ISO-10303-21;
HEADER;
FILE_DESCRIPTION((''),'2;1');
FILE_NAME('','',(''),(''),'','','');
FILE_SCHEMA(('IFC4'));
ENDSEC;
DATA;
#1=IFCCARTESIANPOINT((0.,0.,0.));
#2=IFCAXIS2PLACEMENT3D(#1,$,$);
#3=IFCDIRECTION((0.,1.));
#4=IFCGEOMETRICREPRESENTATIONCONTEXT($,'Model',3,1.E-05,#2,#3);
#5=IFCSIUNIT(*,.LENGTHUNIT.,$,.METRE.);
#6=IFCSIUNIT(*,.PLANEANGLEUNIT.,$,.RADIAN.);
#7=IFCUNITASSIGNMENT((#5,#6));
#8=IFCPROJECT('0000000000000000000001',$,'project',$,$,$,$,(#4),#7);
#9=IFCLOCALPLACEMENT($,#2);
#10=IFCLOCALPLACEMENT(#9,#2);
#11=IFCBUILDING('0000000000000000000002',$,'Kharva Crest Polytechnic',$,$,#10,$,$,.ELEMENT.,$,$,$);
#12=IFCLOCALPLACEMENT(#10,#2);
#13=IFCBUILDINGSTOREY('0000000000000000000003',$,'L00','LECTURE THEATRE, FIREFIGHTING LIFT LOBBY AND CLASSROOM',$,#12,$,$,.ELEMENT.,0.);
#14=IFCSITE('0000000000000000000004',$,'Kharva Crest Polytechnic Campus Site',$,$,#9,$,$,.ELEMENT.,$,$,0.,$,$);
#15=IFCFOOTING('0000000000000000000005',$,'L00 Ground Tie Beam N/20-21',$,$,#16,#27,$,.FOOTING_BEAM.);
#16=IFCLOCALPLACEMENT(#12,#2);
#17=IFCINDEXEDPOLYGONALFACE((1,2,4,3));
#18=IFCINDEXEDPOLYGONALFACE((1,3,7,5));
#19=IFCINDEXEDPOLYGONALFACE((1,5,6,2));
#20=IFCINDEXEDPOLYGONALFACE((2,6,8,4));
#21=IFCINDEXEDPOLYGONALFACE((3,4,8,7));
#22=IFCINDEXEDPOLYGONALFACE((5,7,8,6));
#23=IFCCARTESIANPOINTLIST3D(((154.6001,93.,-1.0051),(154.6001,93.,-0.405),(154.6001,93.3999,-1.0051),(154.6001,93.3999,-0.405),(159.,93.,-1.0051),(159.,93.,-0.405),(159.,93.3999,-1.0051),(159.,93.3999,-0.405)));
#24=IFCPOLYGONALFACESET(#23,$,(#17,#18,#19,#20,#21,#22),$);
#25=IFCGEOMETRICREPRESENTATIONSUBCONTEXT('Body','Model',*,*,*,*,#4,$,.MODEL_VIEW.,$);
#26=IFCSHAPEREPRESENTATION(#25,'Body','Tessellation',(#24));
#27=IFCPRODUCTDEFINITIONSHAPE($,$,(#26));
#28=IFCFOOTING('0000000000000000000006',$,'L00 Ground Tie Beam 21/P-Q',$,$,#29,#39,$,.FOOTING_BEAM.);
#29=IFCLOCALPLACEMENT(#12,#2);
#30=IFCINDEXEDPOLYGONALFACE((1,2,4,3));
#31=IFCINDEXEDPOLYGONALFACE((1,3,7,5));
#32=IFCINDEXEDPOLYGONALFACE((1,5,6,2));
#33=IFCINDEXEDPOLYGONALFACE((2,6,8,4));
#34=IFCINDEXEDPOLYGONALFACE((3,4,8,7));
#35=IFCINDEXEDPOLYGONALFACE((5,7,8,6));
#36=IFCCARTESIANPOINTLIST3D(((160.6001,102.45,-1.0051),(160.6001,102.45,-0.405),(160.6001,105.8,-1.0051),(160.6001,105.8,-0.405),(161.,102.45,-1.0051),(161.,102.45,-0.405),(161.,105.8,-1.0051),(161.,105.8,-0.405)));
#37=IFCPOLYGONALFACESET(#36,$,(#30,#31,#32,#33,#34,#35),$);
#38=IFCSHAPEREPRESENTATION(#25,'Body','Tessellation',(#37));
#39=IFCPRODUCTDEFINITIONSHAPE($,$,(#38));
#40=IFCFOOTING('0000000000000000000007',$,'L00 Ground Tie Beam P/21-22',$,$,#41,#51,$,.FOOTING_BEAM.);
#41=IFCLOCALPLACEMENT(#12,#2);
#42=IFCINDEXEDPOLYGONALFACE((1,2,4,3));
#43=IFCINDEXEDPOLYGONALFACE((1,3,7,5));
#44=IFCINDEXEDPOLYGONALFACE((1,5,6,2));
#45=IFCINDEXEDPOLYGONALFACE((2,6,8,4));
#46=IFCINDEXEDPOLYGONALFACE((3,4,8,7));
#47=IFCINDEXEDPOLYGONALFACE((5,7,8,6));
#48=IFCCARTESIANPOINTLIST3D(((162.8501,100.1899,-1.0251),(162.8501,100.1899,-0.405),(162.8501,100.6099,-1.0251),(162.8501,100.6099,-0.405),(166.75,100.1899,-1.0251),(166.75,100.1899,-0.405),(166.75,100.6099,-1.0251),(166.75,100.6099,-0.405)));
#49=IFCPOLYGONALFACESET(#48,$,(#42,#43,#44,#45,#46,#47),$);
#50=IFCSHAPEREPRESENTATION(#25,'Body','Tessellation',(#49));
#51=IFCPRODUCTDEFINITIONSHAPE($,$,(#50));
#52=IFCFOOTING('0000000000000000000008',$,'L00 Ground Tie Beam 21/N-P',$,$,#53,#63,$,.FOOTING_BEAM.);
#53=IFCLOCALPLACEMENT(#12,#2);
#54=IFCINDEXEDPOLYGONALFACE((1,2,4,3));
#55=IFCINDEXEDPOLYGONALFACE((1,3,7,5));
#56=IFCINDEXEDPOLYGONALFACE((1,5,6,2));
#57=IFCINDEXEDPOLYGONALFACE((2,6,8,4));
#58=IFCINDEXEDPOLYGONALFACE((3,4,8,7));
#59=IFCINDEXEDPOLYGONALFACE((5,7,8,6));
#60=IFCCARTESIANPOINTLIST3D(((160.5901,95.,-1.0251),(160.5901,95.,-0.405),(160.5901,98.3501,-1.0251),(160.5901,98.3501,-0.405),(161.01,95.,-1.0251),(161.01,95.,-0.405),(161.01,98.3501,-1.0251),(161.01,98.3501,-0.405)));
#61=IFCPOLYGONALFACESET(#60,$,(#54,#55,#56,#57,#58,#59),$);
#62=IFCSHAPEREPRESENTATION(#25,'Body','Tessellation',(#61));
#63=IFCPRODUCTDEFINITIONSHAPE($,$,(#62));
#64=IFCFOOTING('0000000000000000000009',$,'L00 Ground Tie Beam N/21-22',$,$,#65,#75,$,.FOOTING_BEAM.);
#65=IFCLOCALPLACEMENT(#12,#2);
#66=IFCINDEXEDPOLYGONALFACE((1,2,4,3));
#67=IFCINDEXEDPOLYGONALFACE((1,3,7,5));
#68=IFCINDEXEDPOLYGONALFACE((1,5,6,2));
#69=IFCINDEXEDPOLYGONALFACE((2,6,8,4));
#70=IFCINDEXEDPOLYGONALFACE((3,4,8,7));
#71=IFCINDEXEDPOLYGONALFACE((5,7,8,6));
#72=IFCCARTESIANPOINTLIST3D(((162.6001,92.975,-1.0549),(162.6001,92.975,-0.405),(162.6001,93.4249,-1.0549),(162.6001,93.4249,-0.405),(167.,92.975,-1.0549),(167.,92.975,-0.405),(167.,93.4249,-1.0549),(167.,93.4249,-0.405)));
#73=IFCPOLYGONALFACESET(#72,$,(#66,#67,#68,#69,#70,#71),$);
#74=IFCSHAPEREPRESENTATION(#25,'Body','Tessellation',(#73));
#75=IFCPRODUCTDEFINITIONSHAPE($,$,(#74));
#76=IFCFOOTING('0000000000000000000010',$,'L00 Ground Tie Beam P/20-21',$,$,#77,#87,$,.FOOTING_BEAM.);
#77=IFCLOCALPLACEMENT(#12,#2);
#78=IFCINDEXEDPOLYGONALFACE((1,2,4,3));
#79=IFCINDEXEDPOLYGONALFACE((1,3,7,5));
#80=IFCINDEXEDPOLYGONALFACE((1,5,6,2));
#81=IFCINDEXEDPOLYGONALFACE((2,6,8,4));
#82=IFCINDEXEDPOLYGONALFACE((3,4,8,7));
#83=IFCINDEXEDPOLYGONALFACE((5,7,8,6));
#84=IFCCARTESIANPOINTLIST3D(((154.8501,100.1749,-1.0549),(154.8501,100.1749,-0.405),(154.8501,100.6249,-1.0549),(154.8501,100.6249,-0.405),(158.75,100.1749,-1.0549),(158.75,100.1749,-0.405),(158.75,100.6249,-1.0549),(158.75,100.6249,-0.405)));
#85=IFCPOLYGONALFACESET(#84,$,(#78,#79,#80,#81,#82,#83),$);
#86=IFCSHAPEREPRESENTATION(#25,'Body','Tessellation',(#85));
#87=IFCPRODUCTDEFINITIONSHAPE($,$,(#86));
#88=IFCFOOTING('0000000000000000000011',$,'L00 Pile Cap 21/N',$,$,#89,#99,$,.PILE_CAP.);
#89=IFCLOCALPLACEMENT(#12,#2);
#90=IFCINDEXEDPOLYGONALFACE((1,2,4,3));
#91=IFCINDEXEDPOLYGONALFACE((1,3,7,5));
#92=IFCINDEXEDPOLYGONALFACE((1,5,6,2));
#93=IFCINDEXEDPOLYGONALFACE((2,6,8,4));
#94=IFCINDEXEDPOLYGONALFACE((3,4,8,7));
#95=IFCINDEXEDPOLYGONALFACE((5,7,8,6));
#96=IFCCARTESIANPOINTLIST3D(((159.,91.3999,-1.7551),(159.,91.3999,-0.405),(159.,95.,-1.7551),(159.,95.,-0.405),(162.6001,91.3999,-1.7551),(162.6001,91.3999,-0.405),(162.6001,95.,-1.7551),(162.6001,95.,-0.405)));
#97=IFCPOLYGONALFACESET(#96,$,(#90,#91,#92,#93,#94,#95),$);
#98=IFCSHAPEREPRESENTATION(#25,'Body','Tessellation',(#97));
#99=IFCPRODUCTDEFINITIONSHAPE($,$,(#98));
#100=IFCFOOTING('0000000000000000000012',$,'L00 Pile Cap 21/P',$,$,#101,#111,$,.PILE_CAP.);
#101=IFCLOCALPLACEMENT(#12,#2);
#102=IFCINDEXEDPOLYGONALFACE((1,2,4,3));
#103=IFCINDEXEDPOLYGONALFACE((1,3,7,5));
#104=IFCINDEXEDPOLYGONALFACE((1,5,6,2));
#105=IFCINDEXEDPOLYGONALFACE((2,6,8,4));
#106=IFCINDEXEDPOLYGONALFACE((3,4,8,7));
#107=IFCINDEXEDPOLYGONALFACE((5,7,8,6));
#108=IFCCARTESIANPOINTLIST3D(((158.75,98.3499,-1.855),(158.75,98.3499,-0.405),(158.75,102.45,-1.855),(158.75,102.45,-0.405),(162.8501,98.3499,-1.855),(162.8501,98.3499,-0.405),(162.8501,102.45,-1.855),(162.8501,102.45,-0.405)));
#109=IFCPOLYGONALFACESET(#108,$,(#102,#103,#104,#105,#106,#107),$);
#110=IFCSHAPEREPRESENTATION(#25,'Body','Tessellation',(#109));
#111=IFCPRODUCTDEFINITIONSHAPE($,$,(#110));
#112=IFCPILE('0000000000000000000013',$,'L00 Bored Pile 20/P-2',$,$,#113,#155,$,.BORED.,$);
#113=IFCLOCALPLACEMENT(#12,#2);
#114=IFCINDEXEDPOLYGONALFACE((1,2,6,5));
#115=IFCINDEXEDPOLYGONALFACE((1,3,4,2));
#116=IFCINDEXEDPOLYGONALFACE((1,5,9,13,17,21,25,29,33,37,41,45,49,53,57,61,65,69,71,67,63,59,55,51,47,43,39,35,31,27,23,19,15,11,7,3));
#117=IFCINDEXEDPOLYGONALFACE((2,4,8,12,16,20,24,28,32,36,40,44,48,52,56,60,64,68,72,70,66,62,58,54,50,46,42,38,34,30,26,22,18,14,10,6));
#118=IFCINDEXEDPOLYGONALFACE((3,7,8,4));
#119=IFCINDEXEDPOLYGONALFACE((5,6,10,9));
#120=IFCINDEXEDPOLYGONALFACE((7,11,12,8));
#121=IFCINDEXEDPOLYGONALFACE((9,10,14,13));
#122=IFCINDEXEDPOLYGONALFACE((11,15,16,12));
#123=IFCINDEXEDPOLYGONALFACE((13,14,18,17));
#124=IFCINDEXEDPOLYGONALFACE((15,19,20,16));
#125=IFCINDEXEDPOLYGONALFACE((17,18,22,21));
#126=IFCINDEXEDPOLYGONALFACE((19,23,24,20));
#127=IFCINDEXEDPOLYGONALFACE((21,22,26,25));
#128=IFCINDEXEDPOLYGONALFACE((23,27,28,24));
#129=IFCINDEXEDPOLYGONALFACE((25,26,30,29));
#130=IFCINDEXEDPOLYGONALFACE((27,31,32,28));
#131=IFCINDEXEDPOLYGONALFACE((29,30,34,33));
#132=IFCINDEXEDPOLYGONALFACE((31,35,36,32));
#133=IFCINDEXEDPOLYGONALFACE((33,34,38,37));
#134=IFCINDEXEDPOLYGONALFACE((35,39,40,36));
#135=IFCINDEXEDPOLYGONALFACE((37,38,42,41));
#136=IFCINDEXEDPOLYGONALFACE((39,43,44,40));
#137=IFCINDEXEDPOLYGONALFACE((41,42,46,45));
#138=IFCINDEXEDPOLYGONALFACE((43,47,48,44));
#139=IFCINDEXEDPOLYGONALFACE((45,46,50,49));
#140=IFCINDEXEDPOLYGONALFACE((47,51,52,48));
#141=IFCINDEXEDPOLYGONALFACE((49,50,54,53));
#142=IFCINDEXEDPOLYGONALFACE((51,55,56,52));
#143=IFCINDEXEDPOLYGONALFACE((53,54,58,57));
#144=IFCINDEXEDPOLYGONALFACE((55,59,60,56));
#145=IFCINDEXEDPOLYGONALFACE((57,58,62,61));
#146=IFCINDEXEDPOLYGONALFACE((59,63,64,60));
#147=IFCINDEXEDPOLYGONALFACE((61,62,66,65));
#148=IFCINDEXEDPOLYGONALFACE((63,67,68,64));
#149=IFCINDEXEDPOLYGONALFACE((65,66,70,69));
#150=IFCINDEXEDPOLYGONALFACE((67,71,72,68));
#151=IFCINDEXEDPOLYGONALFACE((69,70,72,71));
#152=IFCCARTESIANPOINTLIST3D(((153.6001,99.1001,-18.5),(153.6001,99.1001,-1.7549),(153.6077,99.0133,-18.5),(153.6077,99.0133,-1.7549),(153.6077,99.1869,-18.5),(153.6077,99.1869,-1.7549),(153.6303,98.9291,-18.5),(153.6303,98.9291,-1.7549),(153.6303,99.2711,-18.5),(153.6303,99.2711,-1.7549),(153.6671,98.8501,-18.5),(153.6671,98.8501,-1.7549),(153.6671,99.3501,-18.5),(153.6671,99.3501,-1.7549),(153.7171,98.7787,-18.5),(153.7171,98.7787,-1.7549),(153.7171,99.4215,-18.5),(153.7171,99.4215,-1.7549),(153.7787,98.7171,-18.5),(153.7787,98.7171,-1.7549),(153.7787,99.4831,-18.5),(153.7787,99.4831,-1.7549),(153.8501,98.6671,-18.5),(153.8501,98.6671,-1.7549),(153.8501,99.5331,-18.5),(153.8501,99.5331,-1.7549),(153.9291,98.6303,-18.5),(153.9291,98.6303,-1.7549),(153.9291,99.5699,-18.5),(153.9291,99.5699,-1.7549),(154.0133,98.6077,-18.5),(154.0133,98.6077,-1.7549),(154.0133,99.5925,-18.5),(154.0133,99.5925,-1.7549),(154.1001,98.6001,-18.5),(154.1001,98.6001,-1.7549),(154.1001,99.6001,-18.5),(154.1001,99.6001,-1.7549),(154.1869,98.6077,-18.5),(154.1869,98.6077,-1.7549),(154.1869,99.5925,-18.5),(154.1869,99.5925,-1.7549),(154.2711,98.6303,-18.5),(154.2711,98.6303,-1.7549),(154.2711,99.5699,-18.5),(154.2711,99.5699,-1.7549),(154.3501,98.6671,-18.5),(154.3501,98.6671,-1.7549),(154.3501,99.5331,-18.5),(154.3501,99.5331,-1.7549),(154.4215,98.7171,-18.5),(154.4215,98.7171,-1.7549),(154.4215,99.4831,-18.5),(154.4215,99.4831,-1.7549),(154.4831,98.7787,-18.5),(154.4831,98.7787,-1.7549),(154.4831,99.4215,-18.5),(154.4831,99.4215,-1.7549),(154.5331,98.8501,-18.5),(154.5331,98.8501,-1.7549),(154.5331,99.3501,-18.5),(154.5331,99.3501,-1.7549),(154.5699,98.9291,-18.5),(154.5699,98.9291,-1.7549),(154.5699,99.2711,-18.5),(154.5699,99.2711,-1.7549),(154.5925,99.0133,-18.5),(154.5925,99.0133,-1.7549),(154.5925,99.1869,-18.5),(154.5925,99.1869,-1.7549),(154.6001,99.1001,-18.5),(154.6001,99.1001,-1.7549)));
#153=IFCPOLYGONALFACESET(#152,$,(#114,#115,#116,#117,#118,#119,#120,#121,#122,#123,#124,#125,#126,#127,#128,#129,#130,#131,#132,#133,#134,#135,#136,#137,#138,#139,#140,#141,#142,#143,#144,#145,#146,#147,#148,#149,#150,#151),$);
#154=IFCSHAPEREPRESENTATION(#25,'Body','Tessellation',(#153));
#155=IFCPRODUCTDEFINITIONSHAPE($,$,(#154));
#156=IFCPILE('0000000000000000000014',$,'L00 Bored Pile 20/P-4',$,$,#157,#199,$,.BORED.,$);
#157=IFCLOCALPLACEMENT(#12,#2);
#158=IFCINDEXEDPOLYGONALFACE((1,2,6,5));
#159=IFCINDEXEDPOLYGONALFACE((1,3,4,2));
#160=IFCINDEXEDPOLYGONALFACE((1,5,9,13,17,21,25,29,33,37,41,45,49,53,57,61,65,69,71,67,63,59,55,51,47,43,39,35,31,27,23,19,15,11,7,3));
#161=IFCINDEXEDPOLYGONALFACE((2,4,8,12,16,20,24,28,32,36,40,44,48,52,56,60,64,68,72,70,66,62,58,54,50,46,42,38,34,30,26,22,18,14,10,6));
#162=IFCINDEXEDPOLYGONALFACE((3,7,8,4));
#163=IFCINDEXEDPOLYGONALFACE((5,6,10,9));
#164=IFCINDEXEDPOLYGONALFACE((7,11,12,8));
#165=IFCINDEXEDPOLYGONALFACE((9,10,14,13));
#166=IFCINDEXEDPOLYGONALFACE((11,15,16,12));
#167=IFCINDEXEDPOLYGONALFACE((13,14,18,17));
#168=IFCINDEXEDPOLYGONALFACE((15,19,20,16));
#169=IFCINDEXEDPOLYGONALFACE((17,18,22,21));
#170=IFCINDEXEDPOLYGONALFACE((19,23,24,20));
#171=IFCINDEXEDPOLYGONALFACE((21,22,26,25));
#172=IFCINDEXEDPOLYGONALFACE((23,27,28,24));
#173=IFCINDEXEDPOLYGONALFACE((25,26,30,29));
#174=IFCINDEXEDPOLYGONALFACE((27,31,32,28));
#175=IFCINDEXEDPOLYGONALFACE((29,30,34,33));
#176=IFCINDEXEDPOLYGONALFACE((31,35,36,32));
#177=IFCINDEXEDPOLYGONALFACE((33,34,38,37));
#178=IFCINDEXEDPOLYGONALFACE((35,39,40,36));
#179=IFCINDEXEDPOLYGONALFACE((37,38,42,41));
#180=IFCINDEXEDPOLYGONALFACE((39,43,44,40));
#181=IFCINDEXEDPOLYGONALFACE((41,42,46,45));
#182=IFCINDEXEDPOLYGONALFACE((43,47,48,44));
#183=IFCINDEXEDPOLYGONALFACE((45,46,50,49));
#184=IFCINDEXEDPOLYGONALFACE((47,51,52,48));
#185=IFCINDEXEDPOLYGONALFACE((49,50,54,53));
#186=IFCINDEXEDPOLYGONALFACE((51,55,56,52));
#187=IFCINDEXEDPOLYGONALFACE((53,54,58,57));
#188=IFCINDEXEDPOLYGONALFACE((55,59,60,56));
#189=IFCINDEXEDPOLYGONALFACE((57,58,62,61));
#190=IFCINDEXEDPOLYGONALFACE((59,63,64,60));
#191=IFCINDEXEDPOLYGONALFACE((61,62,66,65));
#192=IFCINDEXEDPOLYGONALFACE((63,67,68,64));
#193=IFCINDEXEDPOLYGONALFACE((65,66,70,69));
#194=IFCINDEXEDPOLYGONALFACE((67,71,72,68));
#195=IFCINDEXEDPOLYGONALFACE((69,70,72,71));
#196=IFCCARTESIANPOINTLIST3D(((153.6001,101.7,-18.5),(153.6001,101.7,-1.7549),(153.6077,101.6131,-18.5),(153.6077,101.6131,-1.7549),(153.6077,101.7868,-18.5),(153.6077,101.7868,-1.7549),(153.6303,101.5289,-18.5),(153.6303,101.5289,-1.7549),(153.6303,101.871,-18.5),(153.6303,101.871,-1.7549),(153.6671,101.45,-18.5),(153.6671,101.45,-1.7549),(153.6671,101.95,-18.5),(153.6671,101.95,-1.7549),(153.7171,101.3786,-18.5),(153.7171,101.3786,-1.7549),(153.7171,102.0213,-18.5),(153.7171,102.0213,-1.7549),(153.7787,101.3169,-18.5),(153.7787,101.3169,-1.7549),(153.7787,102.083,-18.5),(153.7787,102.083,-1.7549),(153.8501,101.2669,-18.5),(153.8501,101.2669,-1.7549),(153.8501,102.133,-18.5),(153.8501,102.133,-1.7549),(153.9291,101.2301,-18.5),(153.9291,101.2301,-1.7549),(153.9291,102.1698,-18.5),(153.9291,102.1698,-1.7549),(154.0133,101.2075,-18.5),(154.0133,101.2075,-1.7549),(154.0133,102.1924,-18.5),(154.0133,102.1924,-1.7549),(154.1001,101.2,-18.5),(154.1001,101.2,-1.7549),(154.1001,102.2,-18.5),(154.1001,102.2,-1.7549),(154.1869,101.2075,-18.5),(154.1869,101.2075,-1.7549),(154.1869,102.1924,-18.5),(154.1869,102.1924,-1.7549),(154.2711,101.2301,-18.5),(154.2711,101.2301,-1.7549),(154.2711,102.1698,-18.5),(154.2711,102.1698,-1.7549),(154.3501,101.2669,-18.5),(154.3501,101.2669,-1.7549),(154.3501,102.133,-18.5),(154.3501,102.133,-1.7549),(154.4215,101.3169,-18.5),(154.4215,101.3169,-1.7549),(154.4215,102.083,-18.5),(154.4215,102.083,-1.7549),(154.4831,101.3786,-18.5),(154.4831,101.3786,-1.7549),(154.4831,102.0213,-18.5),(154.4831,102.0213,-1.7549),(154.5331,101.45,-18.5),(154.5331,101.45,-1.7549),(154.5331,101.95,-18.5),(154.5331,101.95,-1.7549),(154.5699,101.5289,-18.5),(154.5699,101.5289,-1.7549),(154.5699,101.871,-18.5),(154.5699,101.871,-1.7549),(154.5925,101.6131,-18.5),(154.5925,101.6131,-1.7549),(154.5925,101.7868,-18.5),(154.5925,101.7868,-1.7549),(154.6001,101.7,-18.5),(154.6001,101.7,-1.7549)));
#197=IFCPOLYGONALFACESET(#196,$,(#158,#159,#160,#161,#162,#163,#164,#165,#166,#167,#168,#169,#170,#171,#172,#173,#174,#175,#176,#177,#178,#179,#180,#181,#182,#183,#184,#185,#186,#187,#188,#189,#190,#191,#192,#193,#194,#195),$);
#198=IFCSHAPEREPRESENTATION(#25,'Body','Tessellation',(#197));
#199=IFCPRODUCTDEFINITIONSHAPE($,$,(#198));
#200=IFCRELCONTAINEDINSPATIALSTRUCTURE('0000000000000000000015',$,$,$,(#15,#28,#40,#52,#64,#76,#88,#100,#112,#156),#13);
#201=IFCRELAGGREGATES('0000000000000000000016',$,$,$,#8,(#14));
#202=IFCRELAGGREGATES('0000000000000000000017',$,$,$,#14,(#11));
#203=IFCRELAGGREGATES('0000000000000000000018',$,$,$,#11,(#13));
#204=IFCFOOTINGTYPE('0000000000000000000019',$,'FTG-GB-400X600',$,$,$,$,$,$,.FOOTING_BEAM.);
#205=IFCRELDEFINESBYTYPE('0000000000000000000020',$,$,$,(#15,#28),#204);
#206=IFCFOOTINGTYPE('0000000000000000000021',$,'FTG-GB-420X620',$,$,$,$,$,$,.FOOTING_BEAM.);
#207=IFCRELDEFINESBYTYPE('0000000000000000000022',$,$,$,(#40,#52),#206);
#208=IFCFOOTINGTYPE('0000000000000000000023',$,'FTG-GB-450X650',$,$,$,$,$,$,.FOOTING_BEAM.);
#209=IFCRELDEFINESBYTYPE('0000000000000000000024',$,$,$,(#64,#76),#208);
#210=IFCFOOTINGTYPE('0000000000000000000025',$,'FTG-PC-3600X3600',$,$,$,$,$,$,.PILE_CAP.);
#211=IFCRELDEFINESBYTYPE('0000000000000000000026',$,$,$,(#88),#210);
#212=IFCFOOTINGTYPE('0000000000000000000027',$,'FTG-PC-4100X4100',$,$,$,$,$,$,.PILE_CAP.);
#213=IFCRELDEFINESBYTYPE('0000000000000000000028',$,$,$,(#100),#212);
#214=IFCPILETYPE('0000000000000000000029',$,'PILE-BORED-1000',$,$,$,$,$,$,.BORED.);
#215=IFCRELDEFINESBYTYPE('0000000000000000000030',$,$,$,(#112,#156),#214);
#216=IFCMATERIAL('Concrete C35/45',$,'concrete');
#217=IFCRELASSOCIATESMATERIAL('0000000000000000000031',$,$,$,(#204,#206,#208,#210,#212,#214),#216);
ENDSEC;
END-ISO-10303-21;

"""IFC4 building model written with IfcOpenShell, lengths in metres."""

from ifc_helpers import new_model, si_unit, direction, frame, origin, origin_2d, place, context, subcontext, project, spatial, rectangle, circle, extrude, material, material_profile, profile_set, type_object, element, save


model = new_model("IFC4")

# Units and contexts
model_context = context("Model", 3, precision=1e-05, world=origin(), true_north=direction((0.0, 1.0)))
body_context = subcontext(model_context, "Body", "Model", "MODEL_VIEW")
ifc_project = project(units=[si_unit("LENGTHUNIT", "METRE"), si_unit("PLANEANGLEUNIT", "RADIAN")], contexts=[model_context])

# Site, building, storey
site_placement = place(None, origin())
site = spatial("IfcSite", under=ifc_project, at=site_placement, Name="Kharva Crest Polytechnic Campus Site", CompositionType="ELEMENT", RefElevation=0.0)
building_placement = place(site_placement, origin())
building = spatial("IfcBuilding", under=site, at=building_placement, Name="Kharva Crest Polytechnic", CompositionType="ELEMENT")
storey_placement = place(building_placement, origin())
storey = spatial("IfcBuildingStorey", under=building, at=storey_placement, Name="L00", Description="LECTURE THEATRE, FIREFIGHTING LIFT LOBBY AND CLASSROOM", CompositionType="ELEMENT", Elevation=0.0)

# Footings
ifc_material_1 = material(Name="Concrete C35/45", Category="concrete")
footing_type_1 = type_object("IfcFootingType", Name="FTG-GB-400X600", PredefinedType="FOOTING_BEAM", material=ifc_material_1)
footing_1_placement = place(storey_placement, frame((156.8, 93.2, -1.0051), z_axis=(0.0, 0.0, 1.0), x_axis=(1.0, 0.0, 0.0)))
element("IfcFooting", 1, at=footing_1_placement, inside=storey, type_object=footing_type_1, Name="L00 Ground Tie Beam N/20-21", PredefinedType="FOOTING_BEAM", context=body_context, shape_type="SweptSolid", body=[
    extrude(rectangle(XDim=4.3999, YDim=0.3999, at=origin_2d()), origin(), (0.0, 0.0, 1.0), 0.6001),
])
footing_2_placement = place(storey_placement, frame((160.8, 104.125, -1.0051), z_axis=(0.0, 0.0, 1.0), x_axis=(0.0, 1.0, 0.0)))
element("IfcFooting", 2, at=footing_2_placement, inside=storey, type_object=footing_type_1, Name="L00 Ground Tie Beam 21/P-Q", PredefinedType="FOOTING_BEAM", context=body_context, shape_type="SweptSolid", body=[
    extrude(rectangle(XDim=3.3501, YDim=0.3999, at=origin_2d()), origin(), (0.0, 0.0, 1.0), 0.6001),
])
footing_type_2 = type_object("IfcFootingType", Name="FTG-GB-420X620", PredefinedType="FOOTING_BEAM", material=ifc_material_1)
footing_3_placement = place(storey_placement, frame((164.8, 100.3999, -1.0251), z_axis=(0.0, 0.0, 1.0), x_axis=(1.0, 0.0, 0.0)))
element("IfcFooting", 3, at=footing_3_placement, inside=storey, type_object=footing_type_2, Name="L00 Ground Tie Beam P/21-22", PredefinedType="FOOTING_BEAM", context=body_context, shape_type="SweptSolid", body=[
    extrude(rectangle(XDim=3.8999, YDim=0.4199, at=origin_2d()), origin(), (0.0, 0.0, 1.0), 0.6201),
])
footing_4_placement = place(storey_placement, frame((160.8, 96.675, -1.0251), z_axis=(0.0, 0.0, 1.0), x_axis=(0.0, 1.0, 0.0)))
element("IfcFooting", 4, at=footing_4_placement, inside=storey, type_object=footing_type_2, Name="L00 Ground Tie Beam 21/N-P", PredefinedType="FOOTING_BEAM", context=body_context, shape_type="SweptSolid", body=[
    extrude(rectangle(XDim=3.3501, YDim=0.4199, at=origin_2d()), origin(), (0.0, 0.0, 1.0), 0.6201),
])
footing_type_3 = type_object("IfcFootingType", Name="FTG-GB-450X650", PredefinedType="FOOTING_BEAM", material=ifc_material_1)
footing_5_placement = place(storey_placement, frame((164.8, 93.2, -1.0549), z_axis=(0.0, 0.0, 1.0), x_axis=(1.0, 0.0, 0.0)))
element("IfcFooting", 5, at=footing_5_placement, inside=storey, type_object=footing_type_3, Name="L00 Ground Tie Beam N/21-22", PredefinedType="FOOTING_BEAM", context=body_context, shape_type="SweptSolid", body=[
    extrude(rectangle(XDim=4.3999, YDim=0.45, at=origin_2d()), origin(), (0.0, 0.0, 1.0), 0.6499),
])
footing_6_placement = place(storey_placement, frame((156.8, 100.3999, -1.0549), z_axis=(0.0, 0.0, 1.0), x_axis=(1.0, 0.0, 0.0)))
element("IfcFooting", 6, at=footing_6_placement, inside=storey, type_object=footing_type_3, Name="L00 Ground Tie Beam P/20-21", PredefinedType="FOOTING_BEAM", context=body_context, shape_type="SweptSolid", body=[
    extrude(rectangle(XDim=3.8999, YDim=0.45, at=origin_2d()), origin(), (0.0, 0.0, 1.0), 0.6499),
])
footing_type_4 = type_object("IfcFootingType", Name="FTG-PC-3600X3600", PredefinedType="PILE_CAP", material=ifc_material_1)
footing_7_placement = place(storey_placement, frame((160.8, 93.2, -1.7551), z_axis=(0.0, 0.0, 1.0), x_axis=(1.0, 0.0, 0.0)))
element("IfcFooting", 7, at=footing_7_placement, inside=storey, type_object=footing_type_4, Name="L00 Pile Cap 21/N", PredefinedType="PILE_CAP", context=body_context, shape_type="SweptSolid", body=[
    extrude(rectangle(XDim=3.6001, YDim=3.6001, at=origin_2d()), origin(), (0.0, 0.0, 1.0), 1.3501),
])
footing_type_5 = type_object("IfcFootingType", Name="FTG-PC-4100X4100", PredefinedType="PILE_CAP", material=ifc_material_1)
footing_8_placement = place(storey_placement, frame((160.8, 100.3999, -1.855), z_axis=(0.0, 0.0, 1.0), x_axis=(1.0, 0.0, 0.0)))
element("IfcFooting", 8, at=footing_8_placement, inside=storey, type_object=footing_type_5, Name="L00 Pile Cap 21/P", PredefinedType="PILE_CAP", context=body_context, shape_type="SweptSolid", body=[
    extrude(rectangle(XDim=4.1001, YDim=4.1001, at=origin_2d()), origin(), (0.0, 0.0, 1.0), 1.45),
])

# Piles
ifc_material_profile_1 = material_profile(ifc_material_1, circle(Radius=0.5, at=origin_2d()), Name="DIA 1000")
ifc_profile_set_1 = profile_set([ifc_material_profile_1], Name="Concrete C35/45")
pile_type_1 = type_object("IfcPileType", Name="PILE-BORED-1000", PredefinedType="BORED", material=ifc_profile_set_1)
for number, where, z_axis, x_axis, name in (
    (9, (154.1001, 99.1001, -1.7549), (0.0, 0.0, -1.0), (1.0, 0.0, 0.0), "L00 Bored Pile 20/P-2"),
    (10, (154.1001, 101.7, -1.7549), (0.0, 0.0, -1.0), (1.0, 0.0, 0.0), "L00 Bored Pile 20/P-4"),
):
    element("IfcPile", number, at=place(storey_placement, frame(where, z_axis=z_axis, x_axis=x_axis)), inside=storey, type_object=pile_type_1, Name=name, PredefinedType="BORED", context=body_context, shape_type="SweptSolid", body=[
        extrude(circle(Radius=0.5, at=origin_2d()), origin(), (0.0, 0.0, 1.0), 16.7451),
    ])

save(model, "model.ifc")
